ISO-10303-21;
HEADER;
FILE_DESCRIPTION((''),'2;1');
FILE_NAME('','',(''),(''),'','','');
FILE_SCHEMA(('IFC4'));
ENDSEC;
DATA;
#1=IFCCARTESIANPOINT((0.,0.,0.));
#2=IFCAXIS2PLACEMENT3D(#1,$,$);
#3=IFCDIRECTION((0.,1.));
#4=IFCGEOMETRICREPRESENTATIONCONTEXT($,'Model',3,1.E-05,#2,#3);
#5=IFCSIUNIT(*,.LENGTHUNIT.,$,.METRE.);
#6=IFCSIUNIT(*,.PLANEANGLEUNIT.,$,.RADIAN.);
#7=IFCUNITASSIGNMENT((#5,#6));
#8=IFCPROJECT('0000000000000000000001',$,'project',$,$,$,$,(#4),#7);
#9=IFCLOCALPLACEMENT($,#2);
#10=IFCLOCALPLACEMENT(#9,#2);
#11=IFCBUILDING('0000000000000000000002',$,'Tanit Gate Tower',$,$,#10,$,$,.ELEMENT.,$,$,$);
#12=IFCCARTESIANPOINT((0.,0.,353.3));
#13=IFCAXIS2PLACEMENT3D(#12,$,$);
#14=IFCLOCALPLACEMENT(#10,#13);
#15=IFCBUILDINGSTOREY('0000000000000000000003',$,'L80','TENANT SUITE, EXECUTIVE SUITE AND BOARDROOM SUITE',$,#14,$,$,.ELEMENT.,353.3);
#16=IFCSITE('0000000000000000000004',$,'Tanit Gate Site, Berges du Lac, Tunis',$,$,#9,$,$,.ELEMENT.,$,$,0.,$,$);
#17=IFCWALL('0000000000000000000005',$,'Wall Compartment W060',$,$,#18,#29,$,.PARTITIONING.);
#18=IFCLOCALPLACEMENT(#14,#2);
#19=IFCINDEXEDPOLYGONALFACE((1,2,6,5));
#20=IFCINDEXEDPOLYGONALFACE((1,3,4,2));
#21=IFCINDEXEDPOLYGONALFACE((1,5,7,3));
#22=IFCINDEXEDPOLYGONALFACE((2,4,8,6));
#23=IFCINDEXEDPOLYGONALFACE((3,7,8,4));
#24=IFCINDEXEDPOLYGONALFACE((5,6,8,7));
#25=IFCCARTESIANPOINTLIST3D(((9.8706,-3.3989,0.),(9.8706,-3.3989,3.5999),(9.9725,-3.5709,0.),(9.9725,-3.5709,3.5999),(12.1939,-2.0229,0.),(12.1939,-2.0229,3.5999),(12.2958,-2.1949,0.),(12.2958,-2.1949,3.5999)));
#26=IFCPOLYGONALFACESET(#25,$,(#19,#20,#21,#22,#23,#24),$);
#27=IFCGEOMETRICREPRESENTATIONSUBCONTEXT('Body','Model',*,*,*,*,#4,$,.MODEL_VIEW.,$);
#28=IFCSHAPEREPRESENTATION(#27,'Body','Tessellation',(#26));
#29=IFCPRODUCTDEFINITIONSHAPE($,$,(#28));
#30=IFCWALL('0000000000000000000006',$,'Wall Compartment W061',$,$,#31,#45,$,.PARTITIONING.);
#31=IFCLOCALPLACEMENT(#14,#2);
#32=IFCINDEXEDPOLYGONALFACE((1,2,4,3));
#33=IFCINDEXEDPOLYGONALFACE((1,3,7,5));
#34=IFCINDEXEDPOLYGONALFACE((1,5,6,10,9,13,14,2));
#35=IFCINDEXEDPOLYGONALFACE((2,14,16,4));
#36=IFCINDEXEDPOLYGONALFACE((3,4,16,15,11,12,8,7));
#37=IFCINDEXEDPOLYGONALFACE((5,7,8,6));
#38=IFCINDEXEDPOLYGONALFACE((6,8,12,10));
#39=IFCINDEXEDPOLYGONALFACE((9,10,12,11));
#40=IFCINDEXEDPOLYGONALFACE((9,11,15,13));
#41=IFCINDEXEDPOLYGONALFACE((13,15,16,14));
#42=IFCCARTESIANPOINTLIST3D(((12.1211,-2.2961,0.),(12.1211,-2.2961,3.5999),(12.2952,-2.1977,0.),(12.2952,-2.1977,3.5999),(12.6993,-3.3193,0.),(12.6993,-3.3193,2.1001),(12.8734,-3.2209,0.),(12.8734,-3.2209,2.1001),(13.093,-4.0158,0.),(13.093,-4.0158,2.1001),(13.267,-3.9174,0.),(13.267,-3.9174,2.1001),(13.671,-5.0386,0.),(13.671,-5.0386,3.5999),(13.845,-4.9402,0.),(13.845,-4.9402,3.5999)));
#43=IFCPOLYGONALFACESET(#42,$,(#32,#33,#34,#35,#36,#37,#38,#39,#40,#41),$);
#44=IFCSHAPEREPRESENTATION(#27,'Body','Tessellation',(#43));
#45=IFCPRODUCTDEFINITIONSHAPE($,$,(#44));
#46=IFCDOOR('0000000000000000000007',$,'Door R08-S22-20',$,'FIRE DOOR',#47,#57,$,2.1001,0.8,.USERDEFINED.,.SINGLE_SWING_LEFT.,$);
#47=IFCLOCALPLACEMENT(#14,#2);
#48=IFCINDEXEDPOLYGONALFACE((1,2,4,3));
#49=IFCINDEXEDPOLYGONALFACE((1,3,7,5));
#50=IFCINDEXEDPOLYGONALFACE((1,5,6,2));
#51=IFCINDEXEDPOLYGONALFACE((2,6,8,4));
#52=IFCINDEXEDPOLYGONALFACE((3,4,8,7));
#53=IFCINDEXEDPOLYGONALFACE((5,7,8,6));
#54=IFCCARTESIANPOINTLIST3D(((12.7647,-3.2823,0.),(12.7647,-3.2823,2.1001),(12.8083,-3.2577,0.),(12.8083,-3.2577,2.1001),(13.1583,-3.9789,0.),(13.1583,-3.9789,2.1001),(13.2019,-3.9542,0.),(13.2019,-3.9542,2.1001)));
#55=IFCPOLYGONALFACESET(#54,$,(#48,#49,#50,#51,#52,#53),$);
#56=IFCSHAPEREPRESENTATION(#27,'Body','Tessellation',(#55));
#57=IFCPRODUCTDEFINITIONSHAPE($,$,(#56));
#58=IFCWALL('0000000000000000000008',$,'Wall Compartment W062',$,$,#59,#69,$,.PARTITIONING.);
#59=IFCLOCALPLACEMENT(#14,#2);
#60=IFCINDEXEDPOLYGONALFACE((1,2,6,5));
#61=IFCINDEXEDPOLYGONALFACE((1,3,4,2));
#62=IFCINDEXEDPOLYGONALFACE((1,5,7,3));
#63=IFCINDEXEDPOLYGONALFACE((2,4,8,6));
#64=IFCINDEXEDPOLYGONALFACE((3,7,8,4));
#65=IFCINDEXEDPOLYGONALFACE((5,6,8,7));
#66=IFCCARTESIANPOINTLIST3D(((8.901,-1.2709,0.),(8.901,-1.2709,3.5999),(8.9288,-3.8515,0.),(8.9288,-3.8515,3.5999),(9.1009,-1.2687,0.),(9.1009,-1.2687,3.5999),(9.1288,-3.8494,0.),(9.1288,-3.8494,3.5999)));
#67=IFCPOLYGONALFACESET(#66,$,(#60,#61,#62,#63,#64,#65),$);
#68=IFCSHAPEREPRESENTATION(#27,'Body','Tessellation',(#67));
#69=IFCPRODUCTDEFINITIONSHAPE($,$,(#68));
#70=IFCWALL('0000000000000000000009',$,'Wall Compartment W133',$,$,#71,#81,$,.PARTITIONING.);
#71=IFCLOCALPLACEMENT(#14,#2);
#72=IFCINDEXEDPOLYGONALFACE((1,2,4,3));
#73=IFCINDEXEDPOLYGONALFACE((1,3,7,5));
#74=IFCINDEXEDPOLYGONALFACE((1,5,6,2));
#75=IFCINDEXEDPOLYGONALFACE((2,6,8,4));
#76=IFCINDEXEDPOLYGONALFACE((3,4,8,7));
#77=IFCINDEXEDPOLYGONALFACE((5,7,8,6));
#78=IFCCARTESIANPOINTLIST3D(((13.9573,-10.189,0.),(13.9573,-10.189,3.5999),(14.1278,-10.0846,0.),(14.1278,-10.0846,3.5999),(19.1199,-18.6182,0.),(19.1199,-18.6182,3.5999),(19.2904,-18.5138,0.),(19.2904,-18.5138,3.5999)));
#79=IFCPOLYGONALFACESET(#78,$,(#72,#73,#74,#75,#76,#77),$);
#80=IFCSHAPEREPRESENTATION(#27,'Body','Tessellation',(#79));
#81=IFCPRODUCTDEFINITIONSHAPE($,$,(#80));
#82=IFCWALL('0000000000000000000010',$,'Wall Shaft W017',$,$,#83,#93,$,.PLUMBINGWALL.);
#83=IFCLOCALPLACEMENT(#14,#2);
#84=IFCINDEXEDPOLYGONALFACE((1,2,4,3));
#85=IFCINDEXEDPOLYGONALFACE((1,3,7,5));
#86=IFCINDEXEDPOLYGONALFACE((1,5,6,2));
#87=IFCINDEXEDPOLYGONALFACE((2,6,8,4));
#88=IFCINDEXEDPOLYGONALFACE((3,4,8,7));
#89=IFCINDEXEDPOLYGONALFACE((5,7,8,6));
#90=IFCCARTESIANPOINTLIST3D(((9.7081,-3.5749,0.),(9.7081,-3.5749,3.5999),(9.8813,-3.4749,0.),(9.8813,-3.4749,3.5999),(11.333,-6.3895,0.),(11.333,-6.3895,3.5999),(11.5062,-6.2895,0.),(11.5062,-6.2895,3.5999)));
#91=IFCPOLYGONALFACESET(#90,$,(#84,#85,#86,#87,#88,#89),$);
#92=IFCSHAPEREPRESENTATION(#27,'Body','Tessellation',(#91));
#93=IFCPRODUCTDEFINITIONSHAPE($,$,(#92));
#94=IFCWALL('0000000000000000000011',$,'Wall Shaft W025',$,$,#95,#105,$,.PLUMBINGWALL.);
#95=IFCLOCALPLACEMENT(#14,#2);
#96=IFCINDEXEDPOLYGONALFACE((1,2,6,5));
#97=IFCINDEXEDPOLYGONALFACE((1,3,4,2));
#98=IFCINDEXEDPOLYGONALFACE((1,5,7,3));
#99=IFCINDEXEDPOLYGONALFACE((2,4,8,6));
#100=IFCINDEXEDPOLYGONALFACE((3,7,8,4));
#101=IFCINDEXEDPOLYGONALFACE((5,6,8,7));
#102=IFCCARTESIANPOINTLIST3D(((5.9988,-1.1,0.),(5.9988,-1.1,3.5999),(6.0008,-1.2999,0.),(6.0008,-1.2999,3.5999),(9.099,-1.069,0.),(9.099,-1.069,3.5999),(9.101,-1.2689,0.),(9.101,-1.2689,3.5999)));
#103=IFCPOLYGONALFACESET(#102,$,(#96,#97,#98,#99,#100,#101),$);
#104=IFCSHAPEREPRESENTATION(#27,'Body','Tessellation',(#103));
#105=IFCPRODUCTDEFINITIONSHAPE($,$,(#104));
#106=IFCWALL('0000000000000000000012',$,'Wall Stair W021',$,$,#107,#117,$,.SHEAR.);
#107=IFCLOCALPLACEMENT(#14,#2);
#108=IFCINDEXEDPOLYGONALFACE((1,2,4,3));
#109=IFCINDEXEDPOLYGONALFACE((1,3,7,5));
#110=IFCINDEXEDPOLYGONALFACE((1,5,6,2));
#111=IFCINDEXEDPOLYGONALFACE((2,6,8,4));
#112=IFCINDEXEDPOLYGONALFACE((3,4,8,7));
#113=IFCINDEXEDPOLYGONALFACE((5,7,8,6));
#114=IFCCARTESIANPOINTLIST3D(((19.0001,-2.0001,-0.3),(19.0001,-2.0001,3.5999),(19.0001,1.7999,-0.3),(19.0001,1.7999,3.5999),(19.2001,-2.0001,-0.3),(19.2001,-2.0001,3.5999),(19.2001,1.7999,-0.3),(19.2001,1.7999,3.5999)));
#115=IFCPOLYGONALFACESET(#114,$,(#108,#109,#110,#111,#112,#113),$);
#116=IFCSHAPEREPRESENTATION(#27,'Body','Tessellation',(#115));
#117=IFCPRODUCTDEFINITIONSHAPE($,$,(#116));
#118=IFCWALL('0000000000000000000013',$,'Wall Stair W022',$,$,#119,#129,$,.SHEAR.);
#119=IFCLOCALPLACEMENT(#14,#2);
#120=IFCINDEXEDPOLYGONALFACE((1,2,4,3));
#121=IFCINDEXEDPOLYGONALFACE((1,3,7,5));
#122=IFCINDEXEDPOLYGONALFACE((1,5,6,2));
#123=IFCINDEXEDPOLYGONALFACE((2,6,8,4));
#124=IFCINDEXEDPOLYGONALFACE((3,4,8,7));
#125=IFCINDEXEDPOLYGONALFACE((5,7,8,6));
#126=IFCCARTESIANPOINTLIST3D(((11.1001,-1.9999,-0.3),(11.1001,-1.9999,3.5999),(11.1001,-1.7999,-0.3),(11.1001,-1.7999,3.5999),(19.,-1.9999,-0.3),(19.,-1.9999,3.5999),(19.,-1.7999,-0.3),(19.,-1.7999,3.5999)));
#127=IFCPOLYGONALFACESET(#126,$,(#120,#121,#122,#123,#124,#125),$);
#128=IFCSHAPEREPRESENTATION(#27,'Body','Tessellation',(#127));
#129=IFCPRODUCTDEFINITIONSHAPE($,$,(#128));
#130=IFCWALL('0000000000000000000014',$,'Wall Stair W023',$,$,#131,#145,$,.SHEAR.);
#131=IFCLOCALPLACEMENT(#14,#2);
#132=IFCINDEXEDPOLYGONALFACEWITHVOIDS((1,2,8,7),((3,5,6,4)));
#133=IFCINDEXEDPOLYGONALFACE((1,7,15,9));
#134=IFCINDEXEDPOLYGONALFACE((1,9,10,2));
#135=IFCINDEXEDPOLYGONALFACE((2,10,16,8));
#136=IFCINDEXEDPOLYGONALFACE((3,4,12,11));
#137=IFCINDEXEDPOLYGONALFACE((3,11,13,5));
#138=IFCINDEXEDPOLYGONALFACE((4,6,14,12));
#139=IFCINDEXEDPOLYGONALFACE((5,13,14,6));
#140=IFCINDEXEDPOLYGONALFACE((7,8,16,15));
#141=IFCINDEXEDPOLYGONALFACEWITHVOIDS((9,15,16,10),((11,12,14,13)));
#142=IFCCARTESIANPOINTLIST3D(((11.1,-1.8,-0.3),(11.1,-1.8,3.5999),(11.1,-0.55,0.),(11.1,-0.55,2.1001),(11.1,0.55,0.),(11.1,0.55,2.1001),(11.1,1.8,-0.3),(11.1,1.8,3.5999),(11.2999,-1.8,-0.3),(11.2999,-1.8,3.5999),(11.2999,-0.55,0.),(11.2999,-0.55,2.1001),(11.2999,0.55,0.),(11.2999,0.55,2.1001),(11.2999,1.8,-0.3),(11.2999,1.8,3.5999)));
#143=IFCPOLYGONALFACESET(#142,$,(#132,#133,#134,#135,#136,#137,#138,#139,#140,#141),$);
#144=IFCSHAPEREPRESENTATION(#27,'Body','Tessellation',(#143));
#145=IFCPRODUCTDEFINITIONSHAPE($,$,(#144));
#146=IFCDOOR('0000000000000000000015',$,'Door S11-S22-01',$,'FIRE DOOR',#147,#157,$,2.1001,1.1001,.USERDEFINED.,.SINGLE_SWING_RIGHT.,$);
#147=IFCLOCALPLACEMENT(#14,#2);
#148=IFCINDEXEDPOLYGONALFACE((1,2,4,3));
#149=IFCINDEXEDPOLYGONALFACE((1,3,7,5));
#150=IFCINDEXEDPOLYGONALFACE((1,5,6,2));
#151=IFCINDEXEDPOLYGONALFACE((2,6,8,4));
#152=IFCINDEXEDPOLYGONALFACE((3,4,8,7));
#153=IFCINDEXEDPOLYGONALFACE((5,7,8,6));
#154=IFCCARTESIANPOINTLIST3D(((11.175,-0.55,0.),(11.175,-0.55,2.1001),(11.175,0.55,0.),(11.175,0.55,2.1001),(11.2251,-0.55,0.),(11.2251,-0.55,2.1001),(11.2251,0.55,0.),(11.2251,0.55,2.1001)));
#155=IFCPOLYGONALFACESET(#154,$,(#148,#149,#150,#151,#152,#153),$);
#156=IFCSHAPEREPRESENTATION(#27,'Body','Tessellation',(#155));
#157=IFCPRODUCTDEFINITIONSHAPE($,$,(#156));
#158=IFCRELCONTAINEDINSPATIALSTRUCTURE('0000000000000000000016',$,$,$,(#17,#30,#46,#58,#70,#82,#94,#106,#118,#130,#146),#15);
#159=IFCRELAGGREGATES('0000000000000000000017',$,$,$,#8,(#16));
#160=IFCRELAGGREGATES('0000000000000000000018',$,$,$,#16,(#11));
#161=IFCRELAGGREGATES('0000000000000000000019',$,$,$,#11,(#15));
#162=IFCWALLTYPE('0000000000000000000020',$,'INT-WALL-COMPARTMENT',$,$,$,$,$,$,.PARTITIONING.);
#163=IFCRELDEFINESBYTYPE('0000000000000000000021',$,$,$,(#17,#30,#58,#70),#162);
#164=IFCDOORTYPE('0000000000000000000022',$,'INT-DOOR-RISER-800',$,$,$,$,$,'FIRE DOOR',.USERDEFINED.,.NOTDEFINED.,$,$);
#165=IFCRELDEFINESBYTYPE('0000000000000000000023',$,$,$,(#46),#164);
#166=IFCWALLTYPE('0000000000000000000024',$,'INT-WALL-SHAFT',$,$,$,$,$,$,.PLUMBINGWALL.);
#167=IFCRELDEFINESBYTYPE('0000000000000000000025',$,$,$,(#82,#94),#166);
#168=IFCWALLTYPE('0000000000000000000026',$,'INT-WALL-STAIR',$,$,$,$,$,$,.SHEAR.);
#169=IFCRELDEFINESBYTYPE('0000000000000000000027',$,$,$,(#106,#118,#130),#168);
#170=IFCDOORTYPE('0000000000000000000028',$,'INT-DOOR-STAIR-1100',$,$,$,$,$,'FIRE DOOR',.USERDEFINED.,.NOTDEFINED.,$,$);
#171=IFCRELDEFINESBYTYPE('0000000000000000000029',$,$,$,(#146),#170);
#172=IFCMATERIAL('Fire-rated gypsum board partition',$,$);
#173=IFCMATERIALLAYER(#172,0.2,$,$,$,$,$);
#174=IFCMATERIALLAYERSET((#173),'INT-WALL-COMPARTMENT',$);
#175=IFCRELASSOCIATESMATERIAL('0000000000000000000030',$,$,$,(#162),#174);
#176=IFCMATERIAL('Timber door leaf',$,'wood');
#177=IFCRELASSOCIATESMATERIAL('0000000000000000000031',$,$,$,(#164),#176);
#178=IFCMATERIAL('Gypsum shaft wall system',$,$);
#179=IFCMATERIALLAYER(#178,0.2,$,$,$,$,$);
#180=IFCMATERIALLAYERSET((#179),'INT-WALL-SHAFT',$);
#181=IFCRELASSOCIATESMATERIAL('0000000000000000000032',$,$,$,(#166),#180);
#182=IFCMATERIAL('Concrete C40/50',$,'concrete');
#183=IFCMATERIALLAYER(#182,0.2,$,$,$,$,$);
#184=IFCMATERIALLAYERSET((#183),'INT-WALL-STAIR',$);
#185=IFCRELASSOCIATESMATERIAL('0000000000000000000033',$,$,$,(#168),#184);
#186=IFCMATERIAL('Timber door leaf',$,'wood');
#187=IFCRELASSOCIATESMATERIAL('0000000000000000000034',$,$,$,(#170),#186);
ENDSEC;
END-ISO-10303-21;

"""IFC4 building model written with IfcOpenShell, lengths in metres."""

from ifc_helpers import new_model, si_unit, direction, frame, frame_2d, origin, place, context, subcontext, project, spatial, rectangle, extrude, material, layer, layer_set, type_object, element, fill, save


model = new_model("IFC4")

# Units and contexts
model_context = context("Model", 3, precision=1e-05, world=origin(), true_north=direction((0.0, 1.0)))
body_context = subcontext(model_context, "Body", "Model", "MODEL_VIEW")
ifc_project = project(units=[si_unit("LENGTHUNIT", "METRE"), si_unit("PLANEANGLEUNIT", "RADIAN")], contexts=[model_context])

# Site, building, storey
site_placement = place(None, origin())
site = spatial("IfcSite", under=ifc_project, at=site_placement, Name="Tanit Gate Site, Berges du Lac, Tunis", CompositionType="ELEMENT", RefElevation=0.0)
building_placement = place(site_placement, origin())
building = spatial("IfcBuilding", under=site, at=building_placement, Name="Tanit Gate Tower", CompositionType="ELEMENT")
storey_placement = place(building_placement, frame((0.0, 0.0, 353.3)))
storey = spatial("IfcBuildingStorey", under=building, at=storey_placement, Name="L80", Description="TENANT SUITE, EXECUTIVE SUITE AND BOARDROOM SUITE", CompositionType="ELEMENT", Elevation=353.3)

# Wall
ifc_material_1 = material(Name="Fire-rated gypsum board partition")
ifc_layer_1 = layer(ifc_material_1, 0.2)
ifc_layer_set_1 = layer_set([ifc_layer_1], Name="INT-WALL-COMPARTMENT")
wall_type_1 = type_object("IfcWallType", Name="INT-WALL-COMPARTMENT", PredefinedType="PARTITIONING", material=ifc_layer_set_1)
wall_1_placement = place(storey_placement, frame((12.2449, -2.1089, 0.0), z_axis=(0.0, 0.0, 1.0), x_axis=(-0.860415, -0.509594, 0.0)))
element("IfcWall", 1, at=wall_1_placement, inside=storey, type_object=wall_type_1, Name="Wall Compartment W060", PredefinedType="PARTITIONING", context=body_context, shape_type="SweptSolid", body=[
    extrude(rectangle(XDim=2.7002, YDim=0.2, at=frame_2d((1.3501, 0.0))), origin(), (0.0, 0.0, 1.0), 3.5999),
])

# Wall, opening, door
wall_2_placement = place(storey_placement, frame((13.7581, -4.9895, 0.0), z_axis=(0.0, 0.0, 1.0), x_axis=(-0.491993, 0.870599, 0.0)))
wall_2 = element("IfcWall", 2, at=wall_2_placement, inside=storey, type_object=wall_type_1, Name="Wall Compartment W061", PredefinedType="PARTITIONING", context=body_context, shape_type="SweptSolid", body=[
    extrude(rectangle(XDim=3.1501, YDim=0.2, at=frame_2d((1.5752, 0.0))), origin(), (0.0, 0.0, 1.0), 3.5999),
])
opening_1_placement = place(wall_2_placement, frame((1.175, 0.0, 0.0)))
opening_1 = element("IfcOpeningElement", 3, at=opening_1_placement, cuts=wall_2, PredefinedType="OPENING", context=body_context, shape_type="SweptSolid", body=[
    extrude(rectangle(XDim=0.8, YDim=2.1001, at=frame_2d((0.3999, 1.05))), frame((0.0, 0.1099, 0.0), z_axis=(0.0, -1.0, 0.0), x_axis=(1.0, 0.0, 0.0)), (0.0, 0.0, 1.0), 0.22),
])
ifc_material_2 = material(Name="Timber door leaf", Category="wood")
door_type_1 = type_object("IfcDoorType", Name="INT-DOOR-RISER-800", ElementType="FIRE DOOR", OperationType="NOTDEFINED", PredefinedType="USERDEFINED", material=ifc_material_2)
door_1_placement = place(opening_1_placement, origin())
door_1 = element("IfcDoor", 4, at=door_1_placement, inside=storey, type_object=door_type_1, Name="Door R08-S22-20", ObjectType="FIRE DOOR", OperationType="SINGLE_SWING_LEFT", OverallHeight=2.1001, OverallWidth=0.8, PredefinedType="USERDEFINED", context=body_context, shape_type="SweptSolid", body=[
    extrude(rectangle(XDim=0.8, YDim=2.1001, at=frame_2d((0.3999, 1.05))), frame((0.0, 0.0249, 0.0), z_axis=(0.0, -1.0, 0.0), x_axis=(1.0, 0.0, 0.0)), (0.0, 0.0, 1.0), 0.05),
])
fill(opening_1, door_1)

# Walls
wall_3_placement = place(storey_placement, frame((9.0288, -3.8506, 0.0), z_axis=(0.0, 0.0, 1.0), x_axis=(-0.010785, 0.999942, 0.0)))
element("IfcWall", 5, at=wall_3_placement, inside=storey, type_object=wall_type_1, Name="Wall Compartment W062", PredefinedType="PARTITIONING", context=body_context, shape_type="SweptSolid", body=[
    extrude(rectangle(XDim=2.5808, YDim=0.2, at=frame_2d((1.2905, 0.0))), origin(), (0.0, 0.0, 1.0), 3.5999),
])
wall_4_placement = place(storey_placement, frame((14.0425, -10.1367, 0.0), z_axis=(0.0, 0.0, 1.0), x_axis=(0.522291, -0.852767, 0.0)))
element("IfcWall", 6, at=wall_4_placement, inside=storey, type_object=wall_type_1, Name="Wall Compartment W133", PredefinedType="PARTITIONING", context=body_context, shape_type="SweptSolid", body=[
    extrude(rectangle(XDim=9.8845, YDim=0.2, at=frame_2d((4.9424, 0.0))), origin(), (0.0, 0.0, 1.0), 3.5999),
])
ifc_material_3 = material(Name="Gypsum shaft wall system")
ifc_layer_2 = layer(ifc_material_3, 0.2)
ifc_layer_set_2 = layer_set([ifc_layer_2], Name="INT-WALL-SHAFT")
wall_type_2 = type_object("IfcWallType", Name="INT-WALL-SHAFT", PredefinedType="PLUMBINGWALL", material=ifc_layer_set_2)
wall_5_placement = place(storey_placement, frame((9.7947, -3.5249, 0.0), z_axis=(0.0, 0.0, 1.0), x_axis=(0.499985, -0.866034, 0.0)))
element("IfcWall", 7, at=wall_5_placement, inside=storey, type_object=wall_type_2, Name="Wall Shaft W017", PredefinedType="PLUMBINGWALL", context=body_context, shape_type="SweptSolid", body=[
    extrude(rectangle(XDim=3.25, YDim=0.2, at=frame_2d((1.625, 0.0))), origin(), (0.0, 0.0, 1.0), 3.5999),
])
wall_6_placement = place(storey_placement, frame((9.1001, -1.1689, 0.0), z_axis=(0.0, 0.0, 1.0), x_axis=(-0.99995, -0.010001, 0.0)))
element("IfcWall", 8, at=wall_6_placement, inside=storey, type_object=wall_type_2, Name="Wall Shaft W025", PredefinedType="PLUMBINGWALL", context=body_context, shape_type="SweptSolid", body=[
    extrude(rectangle(XDim=3.1003, YDim=0.2, at=frame_2d((1.5503, 0.0))), origin(), (0.0, 0.0, 1.0), 3.5999),
])
ifc_material_4 = material(Name="Concrete C40/50", Category="concrete")
ifc_layer_3 = layer(ifc_material_4, 0.2)
ifc_layer_set_3 = layer_set([ifc_layer_3], Name="INT-WALL-STAIR")
wall_type_3 = type_object("IfcWallType", Name="INT-WALL-STAIR", PredefinedType="SHEAR", material=ifc_layer_set_3)
wall_7_placement = place(storey_placement, frame((19.1001, -2.0, -0.3), z_axis=(0.0, 0.0, 1.0), x_axis=(0.0, 1.0, 0.0)))
element("IfcWall", 9, at=wall_7_placement, inside=storey, type_object=wall_type_3, Name="Wall Stair W021", PredefinedType="SHEAR", context=body_context, shape_type="SweptSolid", body=[
    extrude(rectangle(XDim=3.8, YDim=0.2, at=frame_2d((1.8999, 0.0))), origin(), (0.0, 0.0, 1.0), 3.8999),
])
wall_8_placement = place(storey_placement, frame((11.1001, -1.8999, -0.3), z_axis=(0.0, 0.0, 1.0), x_axis=(1.0, 0.0, 0.0)))
element("IfcWall", 10, at=wall_8_placement, inside=storey, type_object=wall_type_3, Name="Wall Stair W022", PredefinedType="SHEAR", context=body_context, shape_type="SweptSolid", body=[
    extrude(rectangle(XDim=7.8999, YDim=0.2, at=frame_2d((3.95, 0.0))), origin(), (0.0, 0.0, 1.0), 3.8999),
])

# Wall, opening, door
wall_9_placement = place(storey_placement, frame((11.2, -1.8, -0.3), z_axis=(0.0, 0.0, 1.0), x_axis=(0.0, 1.0, 0.0)))
wall_9 = element("IfcWall", 11, at=wall_9_placement, inside=storey, type_object=wall_type_3, Name="Wall Stair W023", PredefinedType="SHEAR", context=body_context, shape_type="SweptSolid", body=[
    extrude(rectangle(XDim=3.6001, YDim=0.2, at=frame_2d((1.8, 0.0))), origin(), (0.0, 0.0, 1.0), 3.8999),
])
opening_2_placement = place(wall_9_placement, frame((1.25, 0.0, 0.3)))
opening_2 = element("IfcOpeningElement", 12, at=opening_2_placement, cuts=wall_9, PredefinedType="OPENING", context=body_context, shape_type="SweptSolid", body=[
    extrude(rectangle(XDim=1.1001, YDim=2.1001, at=frame_2d((0.55, 1.05))), frame((0.0, 0.1099, 0.0), z_axis=(0.0, -1.0, 0.0), x_axis=(1.0, 0.0, 0.0)), (0.0, 0.0, 1.0), 0.22),
])
ifc_material_5 = material(Name="Timber door leaf", Category="wood")
door_type_2 = type_object("IfcDoorType", Name="INT-DOOR-STAIR-1100", ElementType="FIRE DOOR", OperationType="NOTDEFINED", PredefinedType="USERDEFINED", material=ifc_material_5)
door_2_placement = place(opening_2_placement, origin())
door_2 = element("IfcDoor", 13, at=door_2_placement, inside=storey, type_object=door_type_2, Name="Door S11-S22-01", ObjectType="FIRE DOOR", OperationType="SINGLE_SWING_RIGHT", OverallHeight=2.1001, OverallWidth=1.1001, PredefinedType="USERDEFINED", context=body_context, shape_type="SweptSolid", body=[
    extrude(rectangle(XDim=1.1001, YDim=2.1001, at=frame_2d((0.55, 1.05))), frame((0.0, 0.0249, 0.0), z_axis=(0.0, -1.0, 0.0), x_axis=(1.0, 0.0, 0.0)), (0.0, 0.0, 1.0), 0.05),
])
fill(opening_2, door_2)

save(model, "model.ifc")
